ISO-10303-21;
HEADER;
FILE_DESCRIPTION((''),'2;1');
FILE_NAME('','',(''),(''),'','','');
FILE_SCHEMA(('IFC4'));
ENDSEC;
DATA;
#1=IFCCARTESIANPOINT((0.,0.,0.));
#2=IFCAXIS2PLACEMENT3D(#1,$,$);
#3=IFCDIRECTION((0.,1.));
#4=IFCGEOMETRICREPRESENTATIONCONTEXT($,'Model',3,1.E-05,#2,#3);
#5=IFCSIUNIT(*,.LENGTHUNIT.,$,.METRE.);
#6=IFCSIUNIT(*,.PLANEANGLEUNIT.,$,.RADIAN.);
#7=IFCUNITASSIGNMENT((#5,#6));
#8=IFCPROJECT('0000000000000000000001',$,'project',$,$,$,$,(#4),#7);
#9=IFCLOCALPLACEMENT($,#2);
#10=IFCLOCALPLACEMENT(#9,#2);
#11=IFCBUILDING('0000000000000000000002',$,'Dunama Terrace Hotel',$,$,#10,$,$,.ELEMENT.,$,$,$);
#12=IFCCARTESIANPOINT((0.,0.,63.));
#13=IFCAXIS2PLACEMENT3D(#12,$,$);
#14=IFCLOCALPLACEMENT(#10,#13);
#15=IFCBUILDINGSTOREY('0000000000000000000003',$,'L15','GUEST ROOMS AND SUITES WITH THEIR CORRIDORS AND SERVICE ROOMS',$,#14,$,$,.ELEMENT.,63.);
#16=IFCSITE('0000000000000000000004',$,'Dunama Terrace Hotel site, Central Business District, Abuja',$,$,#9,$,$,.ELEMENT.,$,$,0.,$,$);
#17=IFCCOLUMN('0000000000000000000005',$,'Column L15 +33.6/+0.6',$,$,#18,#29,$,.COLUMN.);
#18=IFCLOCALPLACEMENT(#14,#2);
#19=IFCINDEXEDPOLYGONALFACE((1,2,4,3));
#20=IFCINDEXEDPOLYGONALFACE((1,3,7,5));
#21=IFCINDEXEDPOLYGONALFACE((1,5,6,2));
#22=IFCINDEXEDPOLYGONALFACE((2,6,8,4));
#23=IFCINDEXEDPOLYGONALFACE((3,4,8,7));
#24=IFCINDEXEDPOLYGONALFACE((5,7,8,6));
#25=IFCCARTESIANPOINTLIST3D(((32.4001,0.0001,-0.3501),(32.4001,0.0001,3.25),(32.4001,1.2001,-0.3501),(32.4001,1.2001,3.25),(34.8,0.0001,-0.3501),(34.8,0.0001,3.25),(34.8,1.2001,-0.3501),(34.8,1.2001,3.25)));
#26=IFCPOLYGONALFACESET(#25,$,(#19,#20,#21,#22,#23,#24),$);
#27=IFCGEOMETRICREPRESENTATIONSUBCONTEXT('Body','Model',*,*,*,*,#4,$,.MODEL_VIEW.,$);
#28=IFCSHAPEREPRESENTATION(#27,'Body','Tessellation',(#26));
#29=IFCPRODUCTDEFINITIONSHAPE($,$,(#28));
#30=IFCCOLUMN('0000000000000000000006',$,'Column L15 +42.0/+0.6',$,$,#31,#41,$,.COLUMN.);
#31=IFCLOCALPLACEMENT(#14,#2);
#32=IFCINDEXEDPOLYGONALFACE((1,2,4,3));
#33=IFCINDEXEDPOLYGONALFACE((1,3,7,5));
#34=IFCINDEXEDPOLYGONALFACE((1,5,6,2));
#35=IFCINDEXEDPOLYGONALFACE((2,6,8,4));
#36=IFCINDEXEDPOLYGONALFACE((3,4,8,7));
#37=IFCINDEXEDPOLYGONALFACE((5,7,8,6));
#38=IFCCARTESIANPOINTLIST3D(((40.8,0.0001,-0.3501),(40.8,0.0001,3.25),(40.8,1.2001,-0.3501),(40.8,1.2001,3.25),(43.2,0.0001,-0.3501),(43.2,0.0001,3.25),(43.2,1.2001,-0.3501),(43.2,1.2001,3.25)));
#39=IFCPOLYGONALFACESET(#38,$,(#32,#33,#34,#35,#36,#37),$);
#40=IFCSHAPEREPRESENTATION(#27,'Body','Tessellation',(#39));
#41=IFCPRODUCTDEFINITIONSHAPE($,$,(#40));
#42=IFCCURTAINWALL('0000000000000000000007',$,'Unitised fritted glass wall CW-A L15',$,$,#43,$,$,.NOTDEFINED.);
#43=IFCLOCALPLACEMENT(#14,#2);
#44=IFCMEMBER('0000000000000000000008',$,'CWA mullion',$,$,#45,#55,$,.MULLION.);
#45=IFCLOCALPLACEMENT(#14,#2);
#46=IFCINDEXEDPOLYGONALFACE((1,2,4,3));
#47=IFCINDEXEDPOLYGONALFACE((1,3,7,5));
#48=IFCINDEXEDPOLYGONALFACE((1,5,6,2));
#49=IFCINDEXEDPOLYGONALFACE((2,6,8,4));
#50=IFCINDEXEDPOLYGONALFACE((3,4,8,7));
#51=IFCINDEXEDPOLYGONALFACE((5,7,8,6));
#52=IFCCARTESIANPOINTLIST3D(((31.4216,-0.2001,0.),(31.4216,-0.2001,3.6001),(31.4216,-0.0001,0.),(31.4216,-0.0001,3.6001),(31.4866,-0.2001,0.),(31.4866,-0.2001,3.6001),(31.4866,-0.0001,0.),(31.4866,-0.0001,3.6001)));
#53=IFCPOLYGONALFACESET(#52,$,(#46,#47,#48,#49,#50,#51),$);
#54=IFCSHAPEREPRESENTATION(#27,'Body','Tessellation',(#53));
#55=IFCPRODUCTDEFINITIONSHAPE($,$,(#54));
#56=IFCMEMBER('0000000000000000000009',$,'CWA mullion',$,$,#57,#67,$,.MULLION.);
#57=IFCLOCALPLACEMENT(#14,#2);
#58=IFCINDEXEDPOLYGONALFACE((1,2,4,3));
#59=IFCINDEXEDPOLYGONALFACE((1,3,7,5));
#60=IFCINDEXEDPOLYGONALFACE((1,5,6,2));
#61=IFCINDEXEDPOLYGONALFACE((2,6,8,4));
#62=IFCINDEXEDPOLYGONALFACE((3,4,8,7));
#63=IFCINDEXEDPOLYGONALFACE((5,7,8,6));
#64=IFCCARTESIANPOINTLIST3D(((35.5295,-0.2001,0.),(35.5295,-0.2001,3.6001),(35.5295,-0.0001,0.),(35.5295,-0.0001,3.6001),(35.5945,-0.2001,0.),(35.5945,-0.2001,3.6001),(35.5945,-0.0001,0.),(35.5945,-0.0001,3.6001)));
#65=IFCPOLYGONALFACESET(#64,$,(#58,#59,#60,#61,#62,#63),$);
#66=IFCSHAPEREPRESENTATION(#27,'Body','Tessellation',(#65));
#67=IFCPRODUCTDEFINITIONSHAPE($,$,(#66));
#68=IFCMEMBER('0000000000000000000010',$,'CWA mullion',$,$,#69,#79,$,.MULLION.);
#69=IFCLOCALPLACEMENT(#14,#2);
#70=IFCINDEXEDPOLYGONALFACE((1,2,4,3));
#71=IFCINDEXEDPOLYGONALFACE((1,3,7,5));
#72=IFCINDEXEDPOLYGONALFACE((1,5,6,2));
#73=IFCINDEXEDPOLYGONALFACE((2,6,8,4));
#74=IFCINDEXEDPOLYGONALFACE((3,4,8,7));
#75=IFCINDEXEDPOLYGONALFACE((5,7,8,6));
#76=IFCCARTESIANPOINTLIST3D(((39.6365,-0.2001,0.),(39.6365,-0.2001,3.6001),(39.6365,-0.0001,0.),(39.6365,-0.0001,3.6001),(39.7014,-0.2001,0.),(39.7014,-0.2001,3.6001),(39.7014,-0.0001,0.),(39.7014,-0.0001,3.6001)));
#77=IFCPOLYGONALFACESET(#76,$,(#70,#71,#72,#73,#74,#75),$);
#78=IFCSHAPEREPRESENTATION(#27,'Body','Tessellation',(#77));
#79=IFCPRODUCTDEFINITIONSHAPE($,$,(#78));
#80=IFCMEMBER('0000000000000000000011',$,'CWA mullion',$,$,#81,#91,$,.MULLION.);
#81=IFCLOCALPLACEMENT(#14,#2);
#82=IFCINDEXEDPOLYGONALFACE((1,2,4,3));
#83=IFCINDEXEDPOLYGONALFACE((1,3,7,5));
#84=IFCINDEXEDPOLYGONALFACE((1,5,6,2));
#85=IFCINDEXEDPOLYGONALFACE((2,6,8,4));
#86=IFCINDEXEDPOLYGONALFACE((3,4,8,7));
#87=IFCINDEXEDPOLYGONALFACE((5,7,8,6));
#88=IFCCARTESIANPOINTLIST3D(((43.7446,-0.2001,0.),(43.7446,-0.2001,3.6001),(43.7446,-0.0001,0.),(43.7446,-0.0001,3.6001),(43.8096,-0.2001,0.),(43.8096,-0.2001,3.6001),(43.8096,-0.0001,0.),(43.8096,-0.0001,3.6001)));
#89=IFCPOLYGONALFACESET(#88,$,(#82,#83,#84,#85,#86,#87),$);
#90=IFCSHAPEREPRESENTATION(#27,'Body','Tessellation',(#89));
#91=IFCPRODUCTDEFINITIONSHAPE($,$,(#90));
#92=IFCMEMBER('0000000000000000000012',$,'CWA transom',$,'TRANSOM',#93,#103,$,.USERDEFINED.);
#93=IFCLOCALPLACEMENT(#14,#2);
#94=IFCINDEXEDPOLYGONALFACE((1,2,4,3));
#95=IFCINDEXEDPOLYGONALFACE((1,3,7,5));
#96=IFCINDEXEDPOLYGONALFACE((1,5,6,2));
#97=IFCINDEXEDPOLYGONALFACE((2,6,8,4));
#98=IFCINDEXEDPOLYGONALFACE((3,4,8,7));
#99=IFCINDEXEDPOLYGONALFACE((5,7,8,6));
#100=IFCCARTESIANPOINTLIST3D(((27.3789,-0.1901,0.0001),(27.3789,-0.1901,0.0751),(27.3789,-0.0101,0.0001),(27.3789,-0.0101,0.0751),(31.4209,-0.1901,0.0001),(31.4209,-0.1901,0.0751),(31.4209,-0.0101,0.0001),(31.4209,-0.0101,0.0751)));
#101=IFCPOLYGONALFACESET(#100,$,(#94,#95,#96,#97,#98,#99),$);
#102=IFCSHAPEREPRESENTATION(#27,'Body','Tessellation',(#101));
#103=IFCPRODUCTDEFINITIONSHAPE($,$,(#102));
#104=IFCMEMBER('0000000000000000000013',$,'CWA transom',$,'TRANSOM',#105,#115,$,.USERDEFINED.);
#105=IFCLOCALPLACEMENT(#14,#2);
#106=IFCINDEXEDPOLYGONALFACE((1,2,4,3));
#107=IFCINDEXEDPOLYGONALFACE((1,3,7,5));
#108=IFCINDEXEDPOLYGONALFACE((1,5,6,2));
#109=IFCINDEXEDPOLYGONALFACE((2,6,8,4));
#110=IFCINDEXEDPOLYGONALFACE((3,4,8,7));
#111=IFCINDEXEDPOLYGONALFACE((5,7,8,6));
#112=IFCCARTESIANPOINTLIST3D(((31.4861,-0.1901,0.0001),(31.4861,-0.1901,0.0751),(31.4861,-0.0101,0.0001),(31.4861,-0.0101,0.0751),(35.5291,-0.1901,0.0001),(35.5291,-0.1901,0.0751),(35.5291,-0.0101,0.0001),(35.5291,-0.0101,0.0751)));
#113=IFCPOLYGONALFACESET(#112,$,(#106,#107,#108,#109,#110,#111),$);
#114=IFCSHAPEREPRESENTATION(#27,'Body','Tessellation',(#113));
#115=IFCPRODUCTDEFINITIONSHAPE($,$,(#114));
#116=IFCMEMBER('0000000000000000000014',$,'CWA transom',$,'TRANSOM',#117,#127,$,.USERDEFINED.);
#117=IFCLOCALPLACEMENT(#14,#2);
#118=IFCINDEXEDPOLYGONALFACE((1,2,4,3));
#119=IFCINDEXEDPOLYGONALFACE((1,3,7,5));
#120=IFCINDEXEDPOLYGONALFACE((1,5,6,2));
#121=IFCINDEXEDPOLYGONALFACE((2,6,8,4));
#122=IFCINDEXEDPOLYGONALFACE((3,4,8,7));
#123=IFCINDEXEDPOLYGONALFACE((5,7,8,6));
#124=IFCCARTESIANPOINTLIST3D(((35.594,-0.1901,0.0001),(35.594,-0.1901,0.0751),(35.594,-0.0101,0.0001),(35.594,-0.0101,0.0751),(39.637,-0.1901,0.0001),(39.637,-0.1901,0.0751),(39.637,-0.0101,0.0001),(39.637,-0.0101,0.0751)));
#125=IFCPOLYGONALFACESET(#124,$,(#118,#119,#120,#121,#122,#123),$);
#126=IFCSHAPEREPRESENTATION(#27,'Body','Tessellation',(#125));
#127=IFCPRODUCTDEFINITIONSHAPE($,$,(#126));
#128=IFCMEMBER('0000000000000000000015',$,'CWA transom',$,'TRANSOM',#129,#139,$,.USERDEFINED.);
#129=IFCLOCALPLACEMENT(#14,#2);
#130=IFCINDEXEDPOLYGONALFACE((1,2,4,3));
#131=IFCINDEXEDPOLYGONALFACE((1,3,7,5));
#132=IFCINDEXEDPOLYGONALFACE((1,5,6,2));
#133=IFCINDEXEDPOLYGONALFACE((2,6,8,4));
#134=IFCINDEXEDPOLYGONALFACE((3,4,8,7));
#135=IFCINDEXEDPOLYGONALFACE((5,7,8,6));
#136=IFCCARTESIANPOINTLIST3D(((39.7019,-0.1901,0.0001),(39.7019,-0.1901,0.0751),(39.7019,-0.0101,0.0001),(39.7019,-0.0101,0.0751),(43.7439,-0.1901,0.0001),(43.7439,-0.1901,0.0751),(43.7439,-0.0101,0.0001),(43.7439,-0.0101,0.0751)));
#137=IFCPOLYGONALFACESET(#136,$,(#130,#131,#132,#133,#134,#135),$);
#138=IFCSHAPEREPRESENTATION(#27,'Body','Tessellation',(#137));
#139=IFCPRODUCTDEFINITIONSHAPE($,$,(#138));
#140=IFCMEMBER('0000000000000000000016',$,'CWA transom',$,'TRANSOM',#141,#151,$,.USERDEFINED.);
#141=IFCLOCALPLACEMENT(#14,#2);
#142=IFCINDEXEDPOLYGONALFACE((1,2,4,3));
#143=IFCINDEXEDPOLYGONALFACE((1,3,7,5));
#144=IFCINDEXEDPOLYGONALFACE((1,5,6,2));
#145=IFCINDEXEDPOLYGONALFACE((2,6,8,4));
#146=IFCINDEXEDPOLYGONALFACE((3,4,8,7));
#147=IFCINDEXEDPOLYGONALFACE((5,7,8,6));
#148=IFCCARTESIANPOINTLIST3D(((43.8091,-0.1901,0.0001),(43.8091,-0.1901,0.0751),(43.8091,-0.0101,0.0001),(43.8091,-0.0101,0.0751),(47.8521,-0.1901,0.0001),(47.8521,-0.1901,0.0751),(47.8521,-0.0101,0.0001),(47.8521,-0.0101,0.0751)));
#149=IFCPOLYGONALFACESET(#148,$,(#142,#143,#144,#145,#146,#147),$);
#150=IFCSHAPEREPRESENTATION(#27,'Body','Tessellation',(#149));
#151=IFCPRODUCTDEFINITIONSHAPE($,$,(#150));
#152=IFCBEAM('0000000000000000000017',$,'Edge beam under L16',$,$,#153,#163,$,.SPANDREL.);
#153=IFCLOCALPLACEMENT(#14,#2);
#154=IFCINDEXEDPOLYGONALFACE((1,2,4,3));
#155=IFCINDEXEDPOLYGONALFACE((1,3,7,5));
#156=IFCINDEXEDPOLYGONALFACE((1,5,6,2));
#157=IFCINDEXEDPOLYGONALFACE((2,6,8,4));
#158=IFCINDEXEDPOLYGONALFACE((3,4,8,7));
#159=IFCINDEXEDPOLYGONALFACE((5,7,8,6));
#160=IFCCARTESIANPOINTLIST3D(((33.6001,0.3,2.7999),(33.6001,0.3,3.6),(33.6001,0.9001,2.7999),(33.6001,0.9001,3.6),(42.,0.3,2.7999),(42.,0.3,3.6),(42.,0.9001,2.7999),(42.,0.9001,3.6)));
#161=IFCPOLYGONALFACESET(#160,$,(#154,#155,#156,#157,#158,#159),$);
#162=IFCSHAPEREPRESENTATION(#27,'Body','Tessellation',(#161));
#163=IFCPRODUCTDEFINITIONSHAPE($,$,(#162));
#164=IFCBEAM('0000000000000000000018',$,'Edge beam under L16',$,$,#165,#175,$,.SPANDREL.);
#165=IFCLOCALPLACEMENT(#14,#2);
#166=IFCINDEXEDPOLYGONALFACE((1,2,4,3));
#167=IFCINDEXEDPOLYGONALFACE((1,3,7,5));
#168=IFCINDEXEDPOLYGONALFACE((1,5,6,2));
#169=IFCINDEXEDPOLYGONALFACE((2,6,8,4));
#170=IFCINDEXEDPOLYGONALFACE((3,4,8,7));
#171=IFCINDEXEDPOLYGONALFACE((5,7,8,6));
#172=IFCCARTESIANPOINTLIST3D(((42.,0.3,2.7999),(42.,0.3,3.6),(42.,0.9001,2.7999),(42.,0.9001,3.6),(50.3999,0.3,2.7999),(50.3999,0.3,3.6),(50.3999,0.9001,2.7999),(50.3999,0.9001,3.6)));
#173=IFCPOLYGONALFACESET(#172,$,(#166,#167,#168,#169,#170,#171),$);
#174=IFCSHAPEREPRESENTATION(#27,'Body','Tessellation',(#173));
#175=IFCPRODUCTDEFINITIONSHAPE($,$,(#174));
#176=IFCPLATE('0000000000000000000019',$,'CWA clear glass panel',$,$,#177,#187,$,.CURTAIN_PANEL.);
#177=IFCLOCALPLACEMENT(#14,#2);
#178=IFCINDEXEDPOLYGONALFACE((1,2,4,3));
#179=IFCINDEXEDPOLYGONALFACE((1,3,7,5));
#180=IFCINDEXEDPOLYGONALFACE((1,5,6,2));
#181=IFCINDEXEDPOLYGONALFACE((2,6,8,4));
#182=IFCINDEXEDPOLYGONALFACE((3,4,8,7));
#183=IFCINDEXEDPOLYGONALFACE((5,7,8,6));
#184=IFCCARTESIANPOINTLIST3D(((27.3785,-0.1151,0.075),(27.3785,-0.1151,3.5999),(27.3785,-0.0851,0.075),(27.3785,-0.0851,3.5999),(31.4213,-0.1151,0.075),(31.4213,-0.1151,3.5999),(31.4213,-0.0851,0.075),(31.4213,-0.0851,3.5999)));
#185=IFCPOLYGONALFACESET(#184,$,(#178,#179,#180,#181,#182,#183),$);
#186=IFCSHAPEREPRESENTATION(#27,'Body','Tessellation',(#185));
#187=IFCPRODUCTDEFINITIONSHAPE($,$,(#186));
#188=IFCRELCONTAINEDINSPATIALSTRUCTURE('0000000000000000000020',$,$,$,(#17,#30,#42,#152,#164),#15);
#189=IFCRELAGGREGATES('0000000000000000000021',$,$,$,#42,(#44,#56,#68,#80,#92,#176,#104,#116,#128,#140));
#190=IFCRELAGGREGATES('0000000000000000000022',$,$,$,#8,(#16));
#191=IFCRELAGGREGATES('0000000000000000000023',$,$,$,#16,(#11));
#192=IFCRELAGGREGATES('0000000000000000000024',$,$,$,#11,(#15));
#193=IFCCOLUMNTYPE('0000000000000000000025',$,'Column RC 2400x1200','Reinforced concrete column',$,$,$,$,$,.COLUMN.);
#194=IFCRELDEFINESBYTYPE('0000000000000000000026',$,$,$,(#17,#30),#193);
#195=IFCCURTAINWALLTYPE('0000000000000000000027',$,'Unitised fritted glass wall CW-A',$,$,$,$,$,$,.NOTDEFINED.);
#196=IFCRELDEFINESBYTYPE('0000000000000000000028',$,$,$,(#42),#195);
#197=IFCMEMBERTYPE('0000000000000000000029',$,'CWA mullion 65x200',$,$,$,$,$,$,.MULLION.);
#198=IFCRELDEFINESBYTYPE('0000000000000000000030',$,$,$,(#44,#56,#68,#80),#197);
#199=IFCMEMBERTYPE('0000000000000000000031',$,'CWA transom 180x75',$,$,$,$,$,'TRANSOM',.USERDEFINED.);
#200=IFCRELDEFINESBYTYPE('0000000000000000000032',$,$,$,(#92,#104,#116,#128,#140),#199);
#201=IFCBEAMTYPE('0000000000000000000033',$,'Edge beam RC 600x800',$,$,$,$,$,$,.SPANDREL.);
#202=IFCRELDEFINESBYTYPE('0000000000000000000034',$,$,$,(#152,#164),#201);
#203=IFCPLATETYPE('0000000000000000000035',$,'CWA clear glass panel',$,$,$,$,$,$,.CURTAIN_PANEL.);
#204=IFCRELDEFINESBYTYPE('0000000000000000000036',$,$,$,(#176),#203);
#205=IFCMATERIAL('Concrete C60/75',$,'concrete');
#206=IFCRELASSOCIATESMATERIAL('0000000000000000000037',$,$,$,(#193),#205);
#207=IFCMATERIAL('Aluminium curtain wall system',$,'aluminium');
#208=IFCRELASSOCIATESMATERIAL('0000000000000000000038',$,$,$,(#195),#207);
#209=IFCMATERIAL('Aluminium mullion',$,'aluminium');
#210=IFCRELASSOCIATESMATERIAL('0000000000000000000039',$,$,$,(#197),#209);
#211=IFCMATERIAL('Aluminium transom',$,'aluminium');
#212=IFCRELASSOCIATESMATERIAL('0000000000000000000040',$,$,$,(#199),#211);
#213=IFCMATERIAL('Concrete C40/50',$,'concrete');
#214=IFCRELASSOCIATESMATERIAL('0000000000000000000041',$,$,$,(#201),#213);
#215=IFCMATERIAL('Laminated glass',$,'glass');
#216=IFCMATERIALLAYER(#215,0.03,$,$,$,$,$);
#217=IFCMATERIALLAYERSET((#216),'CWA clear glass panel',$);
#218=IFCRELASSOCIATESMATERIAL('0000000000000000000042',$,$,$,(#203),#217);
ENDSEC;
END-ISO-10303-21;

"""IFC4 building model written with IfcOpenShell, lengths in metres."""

from ifc_helpers import new_model, si_unit, direction, frame, origin, origin_2d, place, context, subcontext, project, spatial, rectangle, extrude, material, layer, layer_set, material_profile, profile_set, type_object, element, aggregate, save


model = new_model("IFC4")

# Units and contexts
model_context = context("Model", 3, precision=1e-05, world=origin(), true_north=direction((0.0, 1.0)))
body_context = subcontext(model_context, "Body", "Model", "MODEL_VIEW")
ifc_project = project(units=[si_unit("LENGTHUNIT", "METRE"), si_unit("PLANEANGLEUNIT", "RADIAN")], contexts=[model_context])

# Site, building, storey
site_placement = place(None, origin())
site = spatial("IfcSite", under=ifc_project, at=site_placement, Name="Dunama Terrace Hotel site, Central Business District, Abuja", CompositionType="ELEMENT", RefElevation=0.0)
building_placement = place(site_placement, origin())
building = spatial("IfcBuilding", under=site, at=building_placement, Name="Dunama Terrace Hotel", CompositionType="ELEMENT")
storey_placement = place(building_placement, frame((0.0, 0.0, 63.0)))
storey = spatial("IfcBuildingStorey", under=building, at=storey_placement, Name="L15", Description="GUEST ROOMS AND SUITES WITH THEIR CORRIDORS AND SERVICE ROOMS", CompositionType="ELEMENT", Elevation=63.0)

# Columns
ifc_material_1 = material(Name="Concrete C60/75", Category="concrete")
ifc_material_profile_1 = material_profile(ifc_material_1, rectangle(XDim=2.3999, YDim=1.2, at=origin_2d()), Name="RC 2400x1200")
ifc_profile_set_1 = profile_set([ifc_material_profile_1], Name="Concrete C60/75")
column_type = type_object("IfcColumnType", Name="Column RC 2400x1200", Description="Reinforced concrete column", PredefinedType="COLUMN", material=ifc_profile_set_1)
for number, where, z_axis, x_axis, name in (
    (1, (33.6001, 0.6001, -0.3501), (0.0, 0.0, 1.0), (1.0, 0.0, 0.0), "Column L15 +33.6/+0.6"),
    (2, (42.0, 0.6001, -0.3501), (0.0, 0.0, 1.0), (1.0, 0.0, 0.0), "Column L15 +42.0/+0.6"),
):
    element("IfcColumn", number, at=place(storey_placement, frame(where, z_axis=z_axis, x_axis=x_axis)), inside=storey, type_object=column_type, Name=name, PredefinedType="COLUMN", context=body_context, shape_type="SweptSolid", body=[
        extrude(rectangle(XDim=2.3999, YDim=1.2, at=origin_2d()), origin(), (0.0, 0.0, 1.0), 3.6001),
    ])

# Curtain wall, members
ifc_material_2 = material(Name="Aluminium curtain wall system", Category="aluminium")
curtain_wall_type = type_object("IfcCurtainWallType", Name="Unitised fritted glass wall CW-A", PredefinedType="NOTDEFINED", material=ifc_material_2)
curtain_wall_placement = place(storey_placement, origin())
curtain_wall = element("IfcCurtainWall", 3, at=curtain_wall_placement, inside=storey, type_object=curtain_wall_type, Name="Unitised fritted glass wall CW-A L15", PredefinedType="NOTDEFINED")
ifc_material_3 = material(Name="Aluminium mullion", Category="aluminium")
ifc_material_profile_2 = material_profile(ifc_material_3, rectangle(XDim=0.0649, YDim=0.2, at=origin_2d()), Name="CWA MULLION 65X200")
ifc_profile_set_2 = profile_set([ifc_material_profile_2], Name="Aluminium mullion")
member_type_1 = type_object("IfcMemberType", Name="CWA mullion 65x200", PredefinedType="MULLION", material=ifc_profile_set_2)
member_1_placement = place(storey_placement, frame((31.4541, -0.1001, 0.0), z_axis=(0.0, 0.0, 1.0), x_axis=(1.0, 0.0, 0.0)))
member_1 = element("IfcMember", 4, at=member_1_placement, type_object=member_type_1, Name="CWA mullion", PredefinedType="MULLION", context=body_context, shape_type="SweptSolid", body=[
    extrude(rectangle(XDim=0.0649, YDim=0.2, at=origin_2d()), origin(), (0.0, 0.0, 1.0), 3.6001),
])
member_2_placement = place(storey_placement, frame((35.562, -0.1001, 0.0), z_axis=(0.0, 0.0, 1.0), x_axis=(1.0, 0.0, 0.0)))
member_2 = element("IfcMember", 5, at=member_2_placement, type_object=member_type_1, Name="CWA mullion", PredefinedType="MULLION", context=body_context, shape_type="SweptSolid", body=[
    extrude(rectangle(XDim=0.0649, YDim=0.2, at=origin_2d()), origin(), (0.0, 0.0, 1.0), 3.6001),
])
member_3_placement = place(storey_placement, frame((39.6689, -0.1001, 0.0), z_axis=(0.0, 0.0, 1.0), x_axis=(1.0, 0.0, 0.0)))
member_3 = element("IfcMember", 6, at=member_3_placement, type_object=member_type_1, Name="CWA mullion", PredefinedType="MULLION", context=body_context, shape_type="SweptSolid", body=[
    extrude(rectangle(XDim=0.0649, YDim=0.2, at=origin_2d()), origin(), (0.0, 0.0, 1.0), 3.6001),
])
member_4_placement = place(storey_placement, frame((43.7771, -0.1001, 0.0), z_axis=(0.0, 0.0, 1.0), x_axis=(1.0, 0.0, 0.0)))
member_4 = element("IfcMember", 7, at=member_4_placement, type_object=member_type_1, Name="CWA mullion", PredefinedType="MULLION", context=body_context, shape_type="SweptSolid", body=[
    extrude(rectangle(XDim=0.0649, YDim=0.2, at=origin_2d()), origin(), (0.0, 0.0, 1.0), 3.6001),
])
ifc_material_4 = material(Name="Aluminium transom", Category="aluminium")
ifc_material_profile_3 = material_profile(ifc_material_4, rectangle(XDim=0.1799, YDim=0.075, at=origin_2d()), Name="CWA TRANSOM 180X75")
ifc_profile_set_3 = profile_set([ifc_material_profile_3], Name="Aluminium transom")
member_type_2 = type_object("IfcMemberType", Name="CWA transom 180x75", ElementType="TRANSOM", PredefinedType="USERDEFINED", material=ifc_profile_set_3)
member_5_placement = place(storey_placement, frame((27.3789, -0.1001, 0.0376), z_axis=(1.0, 0.0, 0.0), x_axis=(0.0, 1.0, 0.0)))
member_5 = element("IfcMember", 8, at=member_5_placement, type_object=member_type_2, Name="CWA transom", ObjectType="TRANSOM", PredefinedType="USERDEFINED", context=body_context, shape_type="SweptSolid", body=[
    extrude(rectangle(XDim=0.1799, YDim=0.075, at=origin_2d()), origin(), (0.0, 0.0, 1.0), 4.042),
])
member_6_placement = place(storey_placement, frame((31.4861, -0.1001, 0.0376), z_axis=(1.0, 0.0, 0.0), x_axis=(0.0, 1.0, 0.0)))
member_6 = element("IfcMember", 9, at=member_6_placement, type_object=member_type_2, Name="CWA transom", ObjectType="TRANSOM", PredefinedType="USERDEFINED", context=body_context, shape_type="SweptSolid", body=[
    extrude(rectangle(XDim=0.1799, YDim=0.075, at=origin_2d()), origin(), (0.0, 0.0, 1.0), 4.043),
])
member_7_placement = place(storey_placement, frame((35.594, -0.1001, 0.0376), z_axis=(1.0, 0.0, 0.0), x_axis=(0.0, 1.0, 0.0)))
member_7 = element("IfcMember", 10, at=member_7_placement, type_object=member_type_2, Name="CWA transom", ObjectType="TRANSOM", PredefinedType="USERDEFINED", context=body_context, shape_type="SweptSolid", body=[
    extrude(rectangle(XDim=0.1799, YDim=0.075, at=origin_2d()), origin(), (0.0, 0.0, 1.0), 4.043),
])
member_8_placement = place(storey_placement, frame((39.7019, -0.1001, 0.0376), z_axis=(1.0, 0.0, 0.0), x_axis=(0.0, 1.0, 0.0)))
member_8 = element("IfcMember", 11, at=member_8_placement, type_object=member_type_2, Name="CWA transom", ObjectType="TRANSOM", PredefinedType="USERDEFINED", context=body_context, shape_type="SweptSolid", body=[
    extrude(rectangle(XDim=0.1799, YDim=0.075, at=origin_2d()), origin(), (0.0, 0.0, 1.0), 4.042),
])
member_9_placement = place(storey_placement, frame((43.8091, -0.1001, 0.0376), z_axis=(1.0, 0.0, 0.0), x_axis=(0.0, 1.0, 0.0)))
member_9 = element("IfcMember", 12, at=member_9_placement, type_object=member_type_2, Name="CWA transom", ObjectType="TRANSOM", PredefinedType="USERDEFINED", context=body_context, shape_type="SweptSolid", body=[
    extrude(rectangle(XDim=0.1799, YDim=0.075, at=origin_2d()), origin(), (0.0, 0.0, 1.0), 4.043),
])

# Beams
ifc_material_5 = material(Name="Concrete C40/50", Category="concrete")
ifc_material_profile_4 = material_profile(ifc_material_5, rectangle(XDim=0.6001, YDim=0.8, at=origin_2d()), Name="RC 600x800")
ifc_profile_set_4 = profile_set([ifc_material_profile_4], Name="Concrete C40/50")
beam_type = type_object("IfcBeamType", Name="Edge beam RC 600x800", PredefinedType="SPANDREL", material=ifc_profile_set_4)
for number, where, z_axis, x_axis, name in (
    (13, (33.6001, 0.6001, 3.2), (1.0, 0.0, 0.0), (0.0, 1.0, 0.0), "Edge beam under L16"),
    (14, (42.0, 0.6001, 3.2), (1.0, 0.0, 0.0), (0.0, 1.0, 0.0), "Edge beam under L16"),
):
    element("IfcBeam", number, at=place(storey_placement, frame(where, z_axis=z_axis, x_axis=x_axis)), inside=storey, type_object=beam_type, Name=name, PredefinedType="SPANDREL", context=body_context, shape_type="SweptSolid", body=[
        extrude(rectangle(XDim=0.6001, YDim=0.8, at=origin_2d()), origin(), (0.0, 0.0, 1.0), 8.3999),
    ])

# Plate
ifc_material_6 = material(Name="Laminated glass", Category="glass")
ifc_layer_1 = layer(ifc_material_6, 0.03)
ifc_layer_set_1 = layer_set([ifc_layer_1], Name="CWA clear glass panel")
plate_type_1 = type_object("IfcPlateType", Name="CWA clear glass panel", PredefinedType="CURTAIN_PANEL", material=ifc_layer_set_1)
plate_1_placement = place(storey_placement, frame((29.3999, -0.1001, 0.075), z_axis=(0.0, 0.0, 1.0), x_axis=(1.0, 0.0, 0.0)))
plate_1 = element("IfcPlate", 15, at=plate_1_placement, type_object=plate_type_1, Name="CWA clear glass panel", PredefinedType="CURTAIN_PANEL", context=body_context, shape_type="SweptSolid", body=[
    extrude(rectangle(XDim=4.0427, YDim=0.03, at=origin_2d()), origin(), (0.0, 0.0, 1.0), 3.5249),
])
aggregate(curtain_wall, [member_1, member_2, member_3, member_4, member_5, plate_1, member_6, member_7, member_8, member_9])

save(model, "model.ifc")
